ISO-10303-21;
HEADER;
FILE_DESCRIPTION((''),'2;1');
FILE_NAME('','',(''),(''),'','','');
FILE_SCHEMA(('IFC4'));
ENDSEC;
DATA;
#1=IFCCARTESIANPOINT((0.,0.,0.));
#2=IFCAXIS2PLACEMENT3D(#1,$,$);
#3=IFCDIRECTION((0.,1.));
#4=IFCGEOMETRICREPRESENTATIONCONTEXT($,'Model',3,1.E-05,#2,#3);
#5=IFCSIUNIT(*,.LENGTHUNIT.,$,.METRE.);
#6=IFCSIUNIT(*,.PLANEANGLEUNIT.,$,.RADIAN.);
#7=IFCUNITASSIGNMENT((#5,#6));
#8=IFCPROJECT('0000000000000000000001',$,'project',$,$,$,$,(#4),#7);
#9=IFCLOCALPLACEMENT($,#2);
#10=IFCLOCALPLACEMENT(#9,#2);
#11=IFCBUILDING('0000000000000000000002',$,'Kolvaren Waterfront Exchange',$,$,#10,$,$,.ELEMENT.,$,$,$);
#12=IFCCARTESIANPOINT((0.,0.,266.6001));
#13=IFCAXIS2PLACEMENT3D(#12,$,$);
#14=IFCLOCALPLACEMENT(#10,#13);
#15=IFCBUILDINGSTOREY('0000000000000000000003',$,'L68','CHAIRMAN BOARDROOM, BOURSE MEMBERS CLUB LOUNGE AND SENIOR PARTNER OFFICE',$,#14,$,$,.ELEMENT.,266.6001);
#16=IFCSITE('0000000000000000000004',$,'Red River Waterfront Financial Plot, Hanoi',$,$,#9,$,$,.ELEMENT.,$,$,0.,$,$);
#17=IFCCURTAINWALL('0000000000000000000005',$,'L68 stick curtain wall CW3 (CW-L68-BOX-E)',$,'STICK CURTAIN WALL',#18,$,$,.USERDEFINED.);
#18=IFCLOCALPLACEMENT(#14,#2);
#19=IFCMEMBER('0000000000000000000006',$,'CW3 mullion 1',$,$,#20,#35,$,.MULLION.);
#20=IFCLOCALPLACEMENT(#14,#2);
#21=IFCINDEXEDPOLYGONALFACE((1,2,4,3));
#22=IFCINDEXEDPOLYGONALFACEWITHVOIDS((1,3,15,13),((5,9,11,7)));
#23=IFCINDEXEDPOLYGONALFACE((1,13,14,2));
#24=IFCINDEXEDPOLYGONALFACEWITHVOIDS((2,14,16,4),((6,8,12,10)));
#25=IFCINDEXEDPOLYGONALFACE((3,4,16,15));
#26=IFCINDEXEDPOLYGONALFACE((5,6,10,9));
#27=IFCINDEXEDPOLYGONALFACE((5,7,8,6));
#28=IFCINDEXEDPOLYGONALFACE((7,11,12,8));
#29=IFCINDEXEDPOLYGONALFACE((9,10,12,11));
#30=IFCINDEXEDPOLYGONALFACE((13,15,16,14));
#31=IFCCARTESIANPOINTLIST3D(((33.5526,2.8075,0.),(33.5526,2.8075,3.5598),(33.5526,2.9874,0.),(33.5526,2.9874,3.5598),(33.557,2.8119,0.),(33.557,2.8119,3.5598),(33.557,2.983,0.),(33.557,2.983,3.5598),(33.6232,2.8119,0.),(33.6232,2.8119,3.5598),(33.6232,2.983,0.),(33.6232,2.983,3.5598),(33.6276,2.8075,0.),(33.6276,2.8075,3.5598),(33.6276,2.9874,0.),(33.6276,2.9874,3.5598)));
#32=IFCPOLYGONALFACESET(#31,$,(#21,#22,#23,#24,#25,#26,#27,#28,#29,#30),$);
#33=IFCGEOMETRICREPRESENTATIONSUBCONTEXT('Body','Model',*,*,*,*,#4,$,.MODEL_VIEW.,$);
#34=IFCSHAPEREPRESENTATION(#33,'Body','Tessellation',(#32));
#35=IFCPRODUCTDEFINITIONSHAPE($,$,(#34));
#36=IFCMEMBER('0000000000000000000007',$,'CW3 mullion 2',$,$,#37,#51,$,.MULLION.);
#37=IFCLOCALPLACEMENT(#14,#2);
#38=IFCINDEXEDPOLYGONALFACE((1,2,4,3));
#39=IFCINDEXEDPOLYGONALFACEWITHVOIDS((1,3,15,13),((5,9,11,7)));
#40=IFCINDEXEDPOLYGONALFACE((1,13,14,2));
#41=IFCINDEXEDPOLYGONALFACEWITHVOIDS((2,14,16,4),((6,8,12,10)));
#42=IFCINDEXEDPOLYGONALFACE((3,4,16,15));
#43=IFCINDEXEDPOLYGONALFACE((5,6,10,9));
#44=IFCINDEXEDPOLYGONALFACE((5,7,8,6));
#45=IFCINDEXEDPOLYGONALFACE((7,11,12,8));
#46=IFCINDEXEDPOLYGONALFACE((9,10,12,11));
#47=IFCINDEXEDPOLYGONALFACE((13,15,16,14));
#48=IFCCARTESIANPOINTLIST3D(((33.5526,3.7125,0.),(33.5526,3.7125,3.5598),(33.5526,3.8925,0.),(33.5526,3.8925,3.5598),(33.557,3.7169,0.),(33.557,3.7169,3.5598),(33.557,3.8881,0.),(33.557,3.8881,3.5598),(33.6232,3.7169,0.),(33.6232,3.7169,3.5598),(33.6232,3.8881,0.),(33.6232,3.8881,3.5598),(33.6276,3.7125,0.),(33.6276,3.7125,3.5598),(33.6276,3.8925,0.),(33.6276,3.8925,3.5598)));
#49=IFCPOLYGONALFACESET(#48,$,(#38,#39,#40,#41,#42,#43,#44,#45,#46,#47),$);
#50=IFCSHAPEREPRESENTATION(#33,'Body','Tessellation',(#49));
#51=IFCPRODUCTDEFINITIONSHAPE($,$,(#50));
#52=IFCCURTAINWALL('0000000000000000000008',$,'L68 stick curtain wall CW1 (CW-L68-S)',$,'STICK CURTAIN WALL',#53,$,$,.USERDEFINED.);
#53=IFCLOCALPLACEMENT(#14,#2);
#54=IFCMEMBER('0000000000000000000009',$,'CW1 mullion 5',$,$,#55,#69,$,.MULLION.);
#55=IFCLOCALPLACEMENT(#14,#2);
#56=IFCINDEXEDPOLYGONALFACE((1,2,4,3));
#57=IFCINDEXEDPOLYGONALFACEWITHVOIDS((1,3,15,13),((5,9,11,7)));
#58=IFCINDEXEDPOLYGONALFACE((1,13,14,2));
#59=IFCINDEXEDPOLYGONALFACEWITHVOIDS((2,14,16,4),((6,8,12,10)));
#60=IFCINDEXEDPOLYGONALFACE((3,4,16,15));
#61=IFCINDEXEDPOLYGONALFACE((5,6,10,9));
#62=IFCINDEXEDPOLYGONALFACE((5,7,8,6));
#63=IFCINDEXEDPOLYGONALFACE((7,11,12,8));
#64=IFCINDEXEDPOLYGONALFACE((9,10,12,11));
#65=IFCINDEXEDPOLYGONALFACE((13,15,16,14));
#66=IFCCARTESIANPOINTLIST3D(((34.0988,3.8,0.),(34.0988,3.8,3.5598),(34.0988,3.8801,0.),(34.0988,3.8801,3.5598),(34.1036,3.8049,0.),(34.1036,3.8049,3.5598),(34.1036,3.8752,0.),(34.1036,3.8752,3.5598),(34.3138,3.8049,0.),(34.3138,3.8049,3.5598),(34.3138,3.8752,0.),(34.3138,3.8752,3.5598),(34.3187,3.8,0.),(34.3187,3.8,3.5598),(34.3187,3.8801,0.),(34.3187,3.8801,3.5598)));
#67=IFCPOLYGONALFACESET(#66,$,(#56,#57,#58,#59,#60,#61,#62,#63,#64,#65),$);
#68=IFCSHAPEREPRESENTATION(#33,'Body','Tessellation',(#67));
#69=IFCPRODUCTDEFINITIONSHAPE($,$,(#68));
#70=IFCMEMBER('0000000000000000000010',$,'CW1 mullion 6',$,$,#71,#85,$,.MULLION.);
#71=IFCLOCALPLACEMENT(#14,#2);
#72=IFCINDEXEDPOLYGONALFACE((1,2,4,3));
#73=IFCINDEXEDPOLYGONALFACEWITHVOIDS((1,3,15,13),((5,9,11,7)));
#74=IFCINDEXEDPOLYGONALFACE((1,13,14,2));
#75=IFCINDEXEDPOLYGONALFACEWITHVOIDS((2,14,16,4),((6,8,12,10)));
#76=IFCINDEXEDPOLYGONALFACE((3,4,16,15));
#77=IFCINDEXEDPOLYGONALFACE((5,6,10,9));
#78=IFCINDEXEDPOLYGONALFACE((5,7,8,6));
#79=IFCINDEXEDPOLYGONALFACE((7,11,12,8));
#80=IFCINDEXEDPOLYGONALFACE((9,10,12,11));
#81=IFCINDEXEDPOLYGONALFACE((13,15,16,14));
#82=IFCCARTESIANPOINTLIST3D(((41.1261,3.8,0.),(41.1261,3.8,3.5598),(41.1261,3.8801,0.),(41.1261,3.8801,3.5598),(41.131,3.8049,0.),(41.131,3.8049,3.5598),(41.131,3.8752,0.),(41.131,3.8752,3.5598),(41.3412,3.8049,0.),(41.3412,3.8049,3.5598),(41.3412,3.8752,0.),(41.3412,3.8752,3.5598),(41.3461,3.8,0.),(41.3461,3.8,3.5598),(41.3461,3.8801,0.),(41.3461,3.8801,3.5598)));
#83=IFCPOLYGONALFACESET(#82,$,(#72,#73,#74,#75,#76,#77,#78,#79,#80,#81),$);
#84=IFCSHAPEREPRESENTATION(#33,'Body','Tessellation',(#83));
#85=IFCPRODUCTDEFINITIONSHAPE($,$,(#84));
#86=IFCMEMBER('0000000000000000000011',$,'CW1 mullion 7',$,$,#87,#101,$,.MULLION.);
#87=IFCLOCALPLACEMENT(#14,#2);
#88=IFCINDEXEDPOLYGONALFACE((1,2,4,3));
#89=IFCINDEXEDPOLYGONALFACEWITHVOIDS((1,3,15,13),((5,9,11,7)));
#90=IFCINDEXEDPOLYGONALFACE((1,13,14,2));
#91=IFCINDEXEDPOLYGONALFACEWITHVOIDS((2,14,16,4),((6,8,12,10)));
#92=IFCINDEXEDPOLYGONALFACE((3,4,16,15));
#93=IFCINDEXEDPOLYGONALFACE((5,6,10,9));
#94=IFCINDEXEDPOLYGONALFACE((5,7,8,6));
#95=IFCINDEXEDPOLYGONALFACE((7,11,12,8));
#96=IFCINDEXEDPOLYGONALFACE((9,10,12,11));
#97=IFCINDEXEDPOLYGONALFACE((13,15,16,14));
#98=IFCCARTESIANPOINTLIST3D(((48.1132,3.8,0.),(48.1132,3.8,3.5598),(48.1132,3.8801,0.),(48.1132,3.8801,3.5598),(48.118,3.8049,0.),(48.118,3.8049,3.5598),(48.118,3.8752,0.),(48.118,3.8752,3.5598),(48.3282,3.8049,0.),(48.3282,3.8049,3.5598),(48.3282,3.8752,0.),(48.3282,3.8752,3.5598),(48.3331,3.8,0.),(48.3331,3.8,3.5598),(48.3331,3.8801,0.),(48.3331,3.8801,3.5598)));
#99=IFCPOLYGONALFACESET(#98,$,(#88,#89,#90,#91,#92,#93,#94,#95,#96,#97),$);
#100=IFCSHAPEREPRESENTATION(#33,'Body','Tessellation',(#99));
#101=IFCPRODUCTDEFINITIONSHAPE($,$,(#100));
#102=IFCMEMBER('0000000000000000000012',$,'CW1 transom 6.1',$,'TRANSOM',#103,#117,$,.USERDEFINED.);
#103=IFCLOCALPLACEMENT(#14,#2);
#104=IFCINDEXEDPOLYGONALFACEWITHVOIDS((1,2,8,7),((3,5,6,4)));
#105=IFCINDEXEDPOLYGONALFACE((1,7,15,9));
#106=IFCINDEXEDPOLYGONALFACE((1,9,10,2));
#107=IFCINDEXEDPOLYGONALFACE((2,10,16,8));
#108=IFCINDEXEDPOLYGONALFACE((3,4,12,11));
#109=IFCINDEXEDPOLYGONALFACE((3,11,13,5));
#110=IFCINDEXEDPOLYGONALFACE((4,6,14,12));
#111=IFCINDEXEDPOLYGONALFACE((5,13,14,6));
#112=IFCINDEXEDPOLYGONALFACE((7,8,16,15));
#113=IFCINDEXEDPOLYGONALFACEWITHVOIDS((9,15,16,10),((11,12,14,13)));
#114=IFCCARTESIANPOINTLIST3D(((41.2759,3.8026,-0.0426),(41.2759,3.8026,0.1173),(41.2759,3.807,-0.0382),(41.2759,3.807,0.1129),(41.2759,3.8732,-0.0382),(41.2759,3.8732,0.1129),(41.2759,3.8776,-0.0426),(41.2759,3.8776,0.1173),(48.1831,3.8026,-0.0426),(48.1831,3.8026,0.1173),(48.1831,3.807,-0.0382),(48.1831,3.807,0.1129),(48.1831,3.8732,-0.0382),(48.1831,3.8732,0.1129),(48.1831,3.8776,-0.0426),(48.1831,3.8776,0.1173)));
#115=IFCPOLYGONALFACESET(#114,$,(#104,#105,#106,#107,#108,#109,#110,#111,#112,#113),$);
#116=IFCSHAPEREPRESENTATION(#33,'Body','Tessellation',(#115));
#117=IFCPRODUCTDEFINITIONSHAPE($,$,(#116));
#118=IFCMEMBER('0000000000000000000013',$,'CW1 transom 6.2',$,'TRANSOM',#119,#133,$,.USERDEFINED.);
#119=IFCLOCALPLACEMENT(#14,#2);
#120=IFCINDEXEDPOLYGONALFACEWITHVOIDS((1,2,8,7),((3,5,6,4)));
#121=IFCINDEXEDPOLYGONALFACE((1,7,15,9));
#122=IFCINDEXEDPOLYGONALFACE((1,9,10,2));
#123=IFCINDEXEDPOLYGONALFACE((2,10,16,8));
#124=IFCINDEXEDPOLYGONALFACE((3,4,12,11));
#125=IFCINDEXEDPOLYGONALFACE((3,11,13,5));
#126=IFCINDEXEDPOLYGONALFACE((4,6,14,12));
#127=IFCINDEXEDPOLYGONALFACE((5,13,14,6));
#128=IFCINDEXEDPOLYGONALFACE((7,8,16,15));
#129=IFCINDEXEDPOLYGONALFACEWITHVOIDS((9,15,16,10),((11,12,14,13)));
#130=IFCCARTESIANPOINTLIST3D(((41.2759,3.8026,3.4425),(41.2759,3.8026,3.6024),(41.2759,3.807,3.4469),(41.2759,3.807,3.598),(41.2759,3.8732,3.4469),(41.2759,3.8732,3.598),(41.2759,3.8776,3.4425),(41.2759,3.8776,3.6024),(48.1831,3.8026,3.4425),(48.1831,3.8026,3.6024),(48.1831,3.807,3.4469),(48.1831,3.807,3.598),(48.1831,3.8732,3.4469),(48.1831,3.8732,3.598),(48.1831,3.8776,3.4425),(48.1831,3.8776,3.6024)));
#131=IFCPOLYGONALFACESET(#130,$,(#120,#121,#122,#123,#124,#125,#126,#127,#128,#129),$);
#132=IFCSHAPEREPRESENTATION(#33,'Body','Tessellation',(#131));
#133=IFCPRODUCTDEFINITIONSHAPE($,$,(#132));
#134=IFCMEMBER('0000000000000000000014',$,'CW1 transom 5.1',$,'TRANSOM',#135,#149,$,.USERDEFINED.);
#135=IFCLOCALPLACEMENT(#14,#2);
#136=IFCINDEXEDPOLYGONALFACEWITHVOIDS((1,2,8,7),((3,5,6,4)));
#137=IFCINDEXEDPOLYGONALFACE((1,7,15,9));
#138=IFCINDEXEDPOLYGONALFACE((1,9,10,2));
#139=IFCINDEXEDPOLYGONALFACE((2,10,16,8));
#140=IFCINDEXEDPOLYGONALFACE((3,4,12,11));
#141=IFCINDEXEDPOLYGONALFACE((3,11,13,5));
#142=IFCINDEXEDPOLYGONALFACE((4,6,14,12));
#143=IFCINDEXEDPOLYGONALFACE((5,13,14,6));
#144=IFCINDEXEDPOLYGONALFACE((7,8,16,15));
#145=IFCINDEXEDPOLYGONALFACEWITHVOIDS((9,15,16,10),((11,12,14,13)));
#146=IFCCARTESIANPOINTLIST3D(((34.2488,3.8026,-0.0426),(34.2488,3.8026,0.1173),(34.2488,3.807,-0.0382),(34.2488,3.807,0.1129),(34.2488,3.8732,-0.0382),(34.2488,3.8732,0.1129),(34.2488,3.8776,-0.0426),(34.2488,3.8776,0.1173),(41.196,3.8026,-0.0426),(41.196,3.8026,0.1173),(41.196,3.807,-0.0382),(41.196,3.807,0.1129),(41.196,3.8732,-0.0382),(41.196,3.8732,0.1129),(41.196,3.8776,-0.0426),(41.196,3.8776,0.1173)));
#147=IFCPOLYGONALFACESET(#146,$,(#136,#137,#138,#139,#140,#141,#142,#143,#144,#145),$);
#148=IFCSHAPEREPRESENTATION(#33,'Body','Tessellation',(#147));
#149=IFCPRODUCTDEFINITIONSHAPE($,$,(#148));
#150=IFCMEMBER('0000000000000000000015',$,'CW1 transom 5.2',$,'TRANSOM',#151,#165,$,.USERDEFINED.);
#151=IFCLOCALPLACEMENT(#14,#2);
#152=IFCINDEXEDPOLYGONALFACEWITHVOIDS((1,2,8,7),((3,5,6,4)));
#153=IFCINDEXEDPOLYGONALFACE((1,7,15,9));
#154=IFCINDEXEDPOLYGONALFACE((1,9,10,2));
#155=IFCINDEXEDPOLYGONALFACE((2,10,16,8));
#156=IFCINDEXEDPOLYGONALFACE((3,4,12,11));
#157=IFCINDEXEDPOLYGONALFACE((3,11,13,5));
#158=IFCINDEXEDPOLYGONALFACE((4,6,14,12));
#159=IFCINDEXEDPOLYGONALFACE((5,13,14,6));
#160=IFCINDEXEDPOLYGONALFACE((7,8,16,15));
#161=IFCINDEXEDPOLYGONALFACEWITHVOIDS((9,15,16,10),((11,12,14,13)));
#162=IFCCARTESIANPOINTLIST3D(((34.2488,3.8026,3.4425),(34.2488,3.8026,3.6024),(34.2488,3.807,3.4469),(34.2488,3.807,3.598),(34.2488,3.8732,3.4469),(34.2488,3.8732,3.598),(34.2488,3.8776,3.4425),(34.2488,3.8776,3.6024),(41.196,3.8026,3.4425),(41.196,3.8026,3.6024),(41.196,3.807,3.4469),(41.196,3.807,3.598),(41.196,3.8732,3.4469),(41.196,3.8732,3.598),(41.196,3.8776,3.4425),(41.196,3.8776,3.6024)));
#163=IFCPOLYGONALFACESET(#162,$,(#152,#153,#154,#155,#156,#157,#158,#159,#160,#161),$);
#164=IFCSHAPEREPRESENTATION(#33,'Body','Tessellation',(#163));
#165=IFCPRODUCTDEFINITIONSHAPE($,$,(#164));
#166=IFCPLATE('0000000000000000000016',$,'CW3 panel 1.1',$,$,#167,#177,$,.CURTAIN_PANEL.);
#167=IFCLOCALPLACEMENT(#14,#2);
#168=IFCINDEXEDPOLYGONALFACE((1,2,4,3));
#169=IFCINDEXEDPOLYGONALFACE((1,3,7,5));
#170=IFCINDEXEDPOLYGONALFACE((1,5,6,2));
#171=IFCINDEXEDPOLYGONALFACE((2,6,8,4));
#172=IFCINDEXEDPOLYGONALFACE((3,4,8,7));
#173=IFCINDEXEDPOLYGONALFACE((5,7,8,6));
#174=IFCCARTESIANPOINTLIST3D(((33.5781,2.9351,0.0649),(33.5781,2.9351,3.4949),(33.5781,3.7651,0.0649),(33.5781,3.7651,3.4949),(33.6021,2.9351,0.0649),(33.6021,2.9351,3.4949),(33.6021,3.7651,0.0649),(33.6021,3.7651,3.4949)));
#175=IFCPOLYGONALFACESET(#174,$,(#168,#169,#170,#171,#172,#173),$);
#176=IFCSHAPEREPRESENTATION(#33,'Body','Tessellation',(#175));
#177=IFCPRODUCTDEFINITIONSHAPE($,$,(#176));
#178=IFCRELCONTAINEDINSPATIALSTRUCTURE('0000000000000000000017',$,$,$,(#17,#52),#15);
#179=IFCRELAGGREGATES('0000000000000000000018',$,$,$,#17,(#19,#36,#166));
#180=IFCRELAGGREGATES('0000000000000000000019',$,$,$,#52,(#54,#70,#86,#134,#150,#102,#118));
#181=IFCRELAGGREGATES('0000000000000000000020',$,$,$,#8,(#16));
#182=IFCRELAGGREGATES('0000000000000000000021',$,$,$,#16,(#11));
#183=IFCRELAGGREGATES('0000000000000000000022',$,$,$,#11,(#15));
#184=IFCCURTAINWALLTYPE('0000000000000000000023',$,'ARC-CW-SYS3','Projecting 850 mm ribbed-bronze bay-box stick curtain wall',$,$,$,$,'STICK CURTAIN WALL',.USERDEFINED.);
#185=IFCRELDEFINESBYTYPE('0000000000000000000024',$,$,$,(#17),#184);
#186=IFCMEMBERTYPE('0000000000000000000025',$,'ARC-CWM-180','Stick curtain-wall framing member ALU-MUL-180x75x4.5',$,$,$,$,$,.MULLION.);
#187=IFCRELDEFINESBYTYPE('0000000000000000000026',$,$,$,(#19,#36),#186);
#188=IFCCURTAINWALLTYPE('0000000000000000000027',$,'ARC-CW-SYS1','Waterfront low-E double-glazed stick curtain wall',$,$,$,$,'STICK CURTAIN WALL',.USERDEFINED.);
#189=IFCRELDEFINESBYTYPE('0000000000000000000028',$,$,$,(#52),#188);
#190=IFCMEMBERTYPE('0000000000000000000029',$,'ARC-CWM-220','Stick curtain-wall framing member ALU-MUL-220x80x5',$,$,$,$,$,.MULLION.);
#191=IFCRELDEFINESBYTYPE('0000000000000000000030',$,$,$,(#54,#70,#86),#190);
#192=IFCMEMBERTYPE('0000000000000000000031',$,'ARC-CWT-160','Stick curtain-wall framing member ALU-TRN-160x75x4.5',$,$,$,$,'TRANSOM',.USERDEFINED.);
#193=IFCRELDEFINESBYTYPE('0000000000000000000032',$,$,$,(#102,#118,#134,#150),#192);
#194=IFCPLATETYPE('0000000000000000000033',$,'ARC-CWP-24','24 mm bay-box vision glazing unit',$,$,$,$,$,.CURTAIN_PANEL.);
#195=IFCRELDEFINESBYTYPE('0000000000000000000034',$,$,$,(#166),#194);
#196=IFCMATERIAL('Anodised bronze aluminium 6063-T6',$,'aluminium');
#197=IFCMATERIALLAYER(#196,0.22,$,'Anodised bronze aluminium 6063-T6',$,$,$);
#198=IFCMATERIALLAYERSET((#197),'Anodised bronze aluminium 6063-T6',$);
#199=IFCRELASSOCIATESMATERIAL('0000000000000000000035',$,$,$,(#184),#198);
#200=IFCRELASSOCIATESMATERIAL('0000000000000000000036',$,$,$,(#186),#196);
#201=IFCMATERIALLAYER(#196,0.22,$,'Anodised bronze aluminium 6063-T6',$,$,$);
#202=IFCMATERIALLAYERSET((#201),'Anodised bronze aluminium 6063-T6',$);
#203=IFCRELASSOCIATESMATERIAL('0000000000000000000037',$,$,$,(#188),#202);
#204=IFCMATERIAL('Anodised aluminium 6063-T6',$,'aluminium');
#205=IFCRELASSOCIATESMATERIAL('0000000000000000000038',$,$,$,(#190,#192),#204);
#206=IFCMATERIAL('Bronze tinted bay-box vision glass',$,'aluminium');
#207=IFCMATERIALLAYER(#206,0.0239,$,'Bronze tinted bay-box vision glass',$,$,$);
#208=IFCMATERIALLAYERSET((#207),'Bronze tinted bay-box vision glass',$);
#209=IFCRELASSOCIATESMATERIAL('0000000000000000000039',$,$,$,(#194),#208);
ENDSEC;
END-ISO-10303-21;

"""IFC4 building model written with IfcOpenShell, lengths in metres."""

from ifc_helpers import new_model, si_unit, direction, frame, origin, origin_with_axes, origin_2d, place, context, subcontext, project, spatial, rectangle, hollow_rectangle, extrude, source, transform, mapped, material, layer, layer_set, material_profile, profile_set, type_object, element, aggregate, save


model = new_model("IFC4")

# Units and contexts
model_context = context("Model", 3, precision=1e-05, world=origin(), true_north=direction((0.0, 1.0)))
body_context = subcontext(model_context, "Body", "Model", "MODEL_VIEW")
ifc_project = project(units=[si_unit("LENGTHUNIT", "METRE"), si_unit("PLANEANGLEUNIT", "RADIAN")], contexts=[model_context])

# Site, building, storey
site_placement = place(None, origin())
site = spatial("IfcSite", under=ifc_project, at=site_placement, Name="Red River Waterfront Financial Plot, Hanoi", CompositionType="ELEMENT", RefElevation=0.0)
building_placement = place(site_placement, origin())
building = spatial("IfcBuilding", under=site, at=building_placement, Name="Kolvaren Waterfront Exchange", CompositionType="ELEMENT")
storey_placement = place(building_placement, frame((0.0, 0.0, 266.6001)))
storey = spatial("IfcBuildingStorey", under=building, at=storey_placement, Name="L68", Description="CHAIRMAN BOARDROOM, BOURSE MEMBERS CLUB LOUNGE AND SENIOR PARTNER OFFICE", CompositionType="ELEMENT", Elevation=266.6001)

# Curtain wall
ifc_material_1 = material(Name="Anodised bronze aluminium 6063-T6", Category="aluminium")
ifc_layer_1 = layer(ifc_material_1, 0.22, Name="Anodised bronze aluminium 6063-T6")
ifc_layer_set_1 = layer_set([ifc_layer_1], Name="Anodised bronze aluminium 6063-T6")
curtain_wall_type_1 = type_object("IfcCurtainWallType", Name="ARC-CW-SYS3", Description="Projecting 850 mm ribbed-bronze bay-box stick curtain wall", ElementType="STICK CURTAIN WALL", PredefinedType="USERDEFINED", material=ifc_layer_set_1)
curtain_wall_1_placement = place(storey_placement, origin())
curtain_wall_1 = element("IfcCurtainWall", 1, at=curtain_wall_1_placement, inside=storey, type_object=curtain_wall_type_1, Name="L68 stick curtain wall CW3 (CW-L68-BOX-E)", ObjectType="STICK CURTAIN WALL", PredefinedType="USERDEFINED")

# Members
ifc_material_profile_1 = material_profile(ifc_material_1, hollow_rectangle(XDim=0.075, YDim=0.1799, WallThickness=0.0044, at=origin_2d()), Name="ALU-MUL-180x75x4.5")
ifc_profile_set_1 = profile_set([ifc_material_profile_1], Name="Anodised bronze aluminium 6063-T6")
member_type_1 = type_object("IfcMemberType", Name="ARC-CWM-180", Description="Stick curtain-wall framing member ALU-MUL-180x75x4.5", PredefinedType="MULLION", material=ifc_profile_set_1)
shared_shape_1 = source(origin_with_axes(), body_context, "Body", "SweptSolid", [
    extrude(hollow_rectangle(XDim=0.075, YDim=0.1799, WallThickness=0.0044, at=origin_2d()), origin(), (0.0, 0.0, 1.0), 3.5598),
])
member_1_placement = place(storey_placement, frame((33.5901, 2.8975, 0.0), z_axis=(0.0, 0.0, 1.0), x_axis=(-1.0, 0.0, 0.0)))
member_1 = element("IfcMember", 2, at=member_1_placement, type_object=member_type_1, Name="CW3 mullion 1", PredefinedType="MULLION", context=body_context, shape_type="MappedRepresentation", body=[
    mapped(shared_shape_1, transform((0.0, 0.0, 0.0), x_axis=(1.0, 0.0, 0.0), y_axis=(0.0, 1.0, 0.0), z_axis=(0.0, 0.0, 1.0), scale=1.0)),
])
member_2_placement = place(storey_placement, frame((33.5901, 3.8025, 0.0), z_axis=(0.0, 0.0, 1.0), x_axis=(-1.0, 0.0, 0.0)))
member_2 = element("IfcMember", 3, at=member_2_placement, type_object=member_type_1, Name="CW3 mullion 2", PredefinedType="MULLION", context=body_context, shape_type="MappedRepresentation", body=[
    mapped(shared_shape_1, transform((0.0, 0.0, 0.0), x_axis=(1.0, 0.0, 0.0), y_axis=(0.0, 1.0, 0.0), z_axis=(0.0, 0.0, 1.0), scale=1.0)),
])

# Curtain wall, members
ifc_layer_2 = layer(ifc_material_1, 0.22, Name="Anodised bronze aluminium 6063-T6")
ifc_layer_set_2 = layer_set([ifc_layer_2], Name="Anodised bronze aluminium 6063-T6")
curtain_wall_type_2 = type_object("IfcCurtainWallType", Name="ARC-CW-SYS1", Description="Waterfront low-E double-glazed stick curtain wall", ElementType="STICK CURTAIN WALL", PredefinedType="USERDEFINED", material=ifc_layer_set_2)
curtain_wall_2_placement = place(storey_placement, origin())
curtain_wall_2 = element("IfcCurtainWall", 4, at=curtain_wall_2_placement, inside=storey, type_object=curtain_wall_type_2, Name="L68 stick curtain wall CW1 (CW-L68-S)", ObjectType="STICK CURTAIN WALL", PredefinedType="USERDEFINED")
ifc_material_2 = material(Name="Anodised aluminium 6063-T6", Category="aluminium")
ifc_material_profile_2 = material_profile(ifc_material_2, hollow_rectangle(XDim=0.0801, YDim=0.22, WallThickness=0.0049, at=origin_2d()), Name="ALU-MUL-220x80x5")
ifc_profile_set_2 = profile_set([ifc_material_profile_2], Name="Anodised aluminium 6063-T6")
member_type_2 = type_object("IfcMemberType", Name="ARC-CWM-220", Description="Stick curtain-wall framing member ALU-MUL-220x80x5", PredefinedType="MULLION", material=ifc_profile_set_2)
shared_shape_2 = source(origin_with_axes(), body_context, "Body", "SweptSolid", [
    extrude(hollow_rectangle(XDim=0.0801, YDim=0.22, WallThickness=0.0049, at=origin_2d()), origin(), (0.0, 0.0, 1.0), 3.5598),
])
member_3_placement = place(storey_placement, frame((34.2087, 3.8401, 0.0), z_axis=(0.0, 0.0, 1.0), x_axis=(0.0, 1.0, 0.0)))
member_3 = element("IfcMember", 5, at=member_3_placement, type_object=member_type_2, Name="CW1 mullion 5", PredefinedType="MULLION", context=body_context, shape_type="MappedRepresentation", body=[
    mapped(shared_shape_2, transform((0.0, 0.0, 0.0), x_axis=(1.0, 0.0, 0.0), y_axis=(0.0, 1.0, 0.0), z_axis=(0.0, 0.0, 1.0), scale=1.0)),
])
member_4_placement = place(storey_placement, frame((41.2361, 3.8401, 0.0), z_axis=(0.0, 0.0, 1.0), x_axis=(0.0, 1.0, 0.0)))
member_4 = element("IfcMember", 6, at=member_4_placement, type_object=member_type_2, Name="CW1 mullion 6", PredefinedType="MULLION", context=body_context, shape_type="MappedRepresentation", body=[
    mapped(shared_shape_2, transform((0.0, 0.0, 0.0), x_axis=(1.0, 0.0, 0.0), y_axis=(0.0, 1.0, 0.0), z_axis=(0.0, 0.0, 1.0), scale=1.0)),
])
member_5_placement = place(storey_placement, frame((48.2231, 3.8401, 0.0), z_axis=(0.0, 0.0, 1.0), x_axis=(0.0, 1.0, 0.0)))
member_5 = element("IfcMember", 7, at=member_5_placement, type_object=member_type_2, Name="CW1 mullion 7", PredefinedType="MULLION", context=body_context, shape_type="MappedRepresentation", body=[
    mapped(shared_shape_2, transform((0.0, 0.0, 0.0), x_axis=(1.0, 0.0, 0.0), y_axis=(0.0, 1.0, 0.0), z_axis=(0.0, 0.0, 1.0), scale=1.0)),
])
ifc_material_profile_3 = material_profile(ifc_material_2, hollow_rectangle(XDim=0.075, YDim=0.1599, WallThickness=0.0044, at=origin_2d()), Name="ALU-TRN-160x75x4.5")
ifc_profile_set_3 = profile_set([ifc_material_profile_3], Name="Anodised aluminium 6063-T6")
member_type_3 = type_object("IfcMemberType", Name="ARC-CWT-160", Description="Stick curtain-wall framing member ALU-TRN-160x75x4.5", ElementType="TRANSOM", PredefinedType="USERDEFINED", material=ifc_profile_set_3)
shared_shape_3 = source(origin_with_axes(), body_context, "Body", "SweptSolid", [
    extrude(hollow_rectangle(XDim=0.075, YDim=0.1599, WallThickness=0.0044, at=origin_2d()), origin(), (0.0, 0.0, 1.0), 6.9072),
])
member_6_placement = place(storey_placement, frame((41.2759, 3.8401, 0.0374), z_axis=(1.0, 0.0, 0.0), x_axis=(0.0, 1.0, 0.0)))
member_6 = element("IfcMember", 8, at=member_6_placement, type_object=member_type_3, Name="CW1 transom 6.1", ObjectType="TRANSOM", PredefinedType="USERDEFINED", context=body_context, shape_type="MappedRepresentation", body=[
    mapped(shared_shape_3, transform((0.0, 0.0, 0.0), x_axis=(1.0, 0.0, 0.0), y_axis=(0.0, 1.0, 0.0), z_axis=(0.0, 0.0, 1.0), scale=1.0)),
])
member_7_placement = place(storey_placement, frame((41.2759, 3.8401, 3.5225), z_axis=(1.0, 0.0, 0.0), x_axis=(0.0, 1.0, 0.0)))
member_7 = element("IfcMember", 9, at=member_7_placement, type_object=member_type_3, Name="CW1 transom 6.2", ObjectType="TRANSOM", PredefinedType="USERDEFINED", context=body_context, shape_type="MappedRepresentation", body=[
    mapped(shared_shape_3, transform((0.0, 0.0, 0.0), x_axis=(1.0, 0.0, 0.0), y_axis=(0.0, 1.0, 0.0), z_axis=(0.0, 0.0, 1.0), scale=1.0)),
])
shared_shape_4 = source(origin_with_axes(), body_context, "Body", "SweptSolid", [
    extrude(hollow_rectangle(XDim=0.075, YDim=0.1599, WallThickness=0.0044, at=origin_2d()), origin(), (0.0, 0.0, 1.0), 6.9473),
])
member_8_placement = place(storey_placement, frame((34.2488, 3.8401, 0.0374), z_axis=(1.0, 0.0, 0.0), x_axis=(0.0, 1.0, 0.0)))
member_8 = element("IfcMember", 10, at=member_8_placement, type_object=member_type_3, Name="CW1 transom 5.1", ObjectType="TRANSOM", PredefinedType="USERDEFINED", context=body_context, shape_type="MappedRepresentation", body=[
    mapped(shared_shape_4, transform((0.0, 0.0, 0.0), x_axis=(1.0, 0.0, 0.0), y_axis=(0.0, 1.0, 0.0), z_axis=(0.0, 0.0, 1.0), scale=1.0)),
])
member_9_placement = place(storey_placement, frame((34.2488, 3.8401, 3.5225), z_axis=(1.0, 0.0, 0.0), x_axis=(0.0, 1.0, 0.0)))
member_9 = element("IfcMember", 11, at=member_9_placement, type_object=member_type_3, Name="CW1 transom 5.2", ObjectType="TRANSOM", PredefinedType="USERDEFINED", context=body_context, shape_type="MappedRepresentation", body=[
    mapped(shared_shape_4, transform((0.0, 0.0, 0.0), x_axis=(1.0, 0.0, 0.0), y_axis=(0.0, 1.0, 0.0), z_axis=(0.0, 0.0, 1.0), scale=1.0)),
])

# Plate
ifc_material_3 = material(Name="Bronze tinted bay-box vision glass", Category="aluminium")
ifc_layer_3 = layer(ifc_material_3, 0.0239, Name="Bronze tinted bay-box vision glass")
ifc_layer_set_3 = layer_set([ifc_layer_3], Name="Bronze tinted bay-box vision glass")
plate_type_1 = type_object("IfcPlateType", Name="ARC-CWP-24", Description="24 mm bay-box vision glazing unit", PredefinedType="CURTAIN_PANEL", material=ifc_layer_set_3)
shared_shape_5 = source(origin_with_axes(), body_context, "Body", "SweptSolid", [
    extrude(rectangle(XDim=0.8301, YDim=0.0239, at=origin_2d()), origin(), (0.0, 0.0, 1.0), 3.4299),
])
plate_1_placement = place(storey_placement, frame((33.5901, 3.3501, 0.0649), z_axis=(0.0, 0.0, 1.0), x_axis=(0.0, 1.0, 0.0)))
plate_1 = element("IfcPlate", 12, at=plate_1_placement, type_object=plate_type_1, Name="CW3 panel 1.1", PredefinedType="CURTAIN_PANEL", context=body_context, shape_type="MappedRepresentation", body=[
    mapped(shared_shape_5, transform((0.0, 0.0, 0.0), x_axis=(1.0, 0.0, 0.0), y_axis=(0.0, 1.0, 0.0), z_axis=(0.0, 0.0, 1.0), scale=1.0)),
])
aggregate(curtain_wall_1, [member_1, member_2, plate_1])
aggregate(curtain_wall_2, [member_3, member_4, member_5, member_8, member_9, member_6, member_7])

save(model, "model.ifc")
